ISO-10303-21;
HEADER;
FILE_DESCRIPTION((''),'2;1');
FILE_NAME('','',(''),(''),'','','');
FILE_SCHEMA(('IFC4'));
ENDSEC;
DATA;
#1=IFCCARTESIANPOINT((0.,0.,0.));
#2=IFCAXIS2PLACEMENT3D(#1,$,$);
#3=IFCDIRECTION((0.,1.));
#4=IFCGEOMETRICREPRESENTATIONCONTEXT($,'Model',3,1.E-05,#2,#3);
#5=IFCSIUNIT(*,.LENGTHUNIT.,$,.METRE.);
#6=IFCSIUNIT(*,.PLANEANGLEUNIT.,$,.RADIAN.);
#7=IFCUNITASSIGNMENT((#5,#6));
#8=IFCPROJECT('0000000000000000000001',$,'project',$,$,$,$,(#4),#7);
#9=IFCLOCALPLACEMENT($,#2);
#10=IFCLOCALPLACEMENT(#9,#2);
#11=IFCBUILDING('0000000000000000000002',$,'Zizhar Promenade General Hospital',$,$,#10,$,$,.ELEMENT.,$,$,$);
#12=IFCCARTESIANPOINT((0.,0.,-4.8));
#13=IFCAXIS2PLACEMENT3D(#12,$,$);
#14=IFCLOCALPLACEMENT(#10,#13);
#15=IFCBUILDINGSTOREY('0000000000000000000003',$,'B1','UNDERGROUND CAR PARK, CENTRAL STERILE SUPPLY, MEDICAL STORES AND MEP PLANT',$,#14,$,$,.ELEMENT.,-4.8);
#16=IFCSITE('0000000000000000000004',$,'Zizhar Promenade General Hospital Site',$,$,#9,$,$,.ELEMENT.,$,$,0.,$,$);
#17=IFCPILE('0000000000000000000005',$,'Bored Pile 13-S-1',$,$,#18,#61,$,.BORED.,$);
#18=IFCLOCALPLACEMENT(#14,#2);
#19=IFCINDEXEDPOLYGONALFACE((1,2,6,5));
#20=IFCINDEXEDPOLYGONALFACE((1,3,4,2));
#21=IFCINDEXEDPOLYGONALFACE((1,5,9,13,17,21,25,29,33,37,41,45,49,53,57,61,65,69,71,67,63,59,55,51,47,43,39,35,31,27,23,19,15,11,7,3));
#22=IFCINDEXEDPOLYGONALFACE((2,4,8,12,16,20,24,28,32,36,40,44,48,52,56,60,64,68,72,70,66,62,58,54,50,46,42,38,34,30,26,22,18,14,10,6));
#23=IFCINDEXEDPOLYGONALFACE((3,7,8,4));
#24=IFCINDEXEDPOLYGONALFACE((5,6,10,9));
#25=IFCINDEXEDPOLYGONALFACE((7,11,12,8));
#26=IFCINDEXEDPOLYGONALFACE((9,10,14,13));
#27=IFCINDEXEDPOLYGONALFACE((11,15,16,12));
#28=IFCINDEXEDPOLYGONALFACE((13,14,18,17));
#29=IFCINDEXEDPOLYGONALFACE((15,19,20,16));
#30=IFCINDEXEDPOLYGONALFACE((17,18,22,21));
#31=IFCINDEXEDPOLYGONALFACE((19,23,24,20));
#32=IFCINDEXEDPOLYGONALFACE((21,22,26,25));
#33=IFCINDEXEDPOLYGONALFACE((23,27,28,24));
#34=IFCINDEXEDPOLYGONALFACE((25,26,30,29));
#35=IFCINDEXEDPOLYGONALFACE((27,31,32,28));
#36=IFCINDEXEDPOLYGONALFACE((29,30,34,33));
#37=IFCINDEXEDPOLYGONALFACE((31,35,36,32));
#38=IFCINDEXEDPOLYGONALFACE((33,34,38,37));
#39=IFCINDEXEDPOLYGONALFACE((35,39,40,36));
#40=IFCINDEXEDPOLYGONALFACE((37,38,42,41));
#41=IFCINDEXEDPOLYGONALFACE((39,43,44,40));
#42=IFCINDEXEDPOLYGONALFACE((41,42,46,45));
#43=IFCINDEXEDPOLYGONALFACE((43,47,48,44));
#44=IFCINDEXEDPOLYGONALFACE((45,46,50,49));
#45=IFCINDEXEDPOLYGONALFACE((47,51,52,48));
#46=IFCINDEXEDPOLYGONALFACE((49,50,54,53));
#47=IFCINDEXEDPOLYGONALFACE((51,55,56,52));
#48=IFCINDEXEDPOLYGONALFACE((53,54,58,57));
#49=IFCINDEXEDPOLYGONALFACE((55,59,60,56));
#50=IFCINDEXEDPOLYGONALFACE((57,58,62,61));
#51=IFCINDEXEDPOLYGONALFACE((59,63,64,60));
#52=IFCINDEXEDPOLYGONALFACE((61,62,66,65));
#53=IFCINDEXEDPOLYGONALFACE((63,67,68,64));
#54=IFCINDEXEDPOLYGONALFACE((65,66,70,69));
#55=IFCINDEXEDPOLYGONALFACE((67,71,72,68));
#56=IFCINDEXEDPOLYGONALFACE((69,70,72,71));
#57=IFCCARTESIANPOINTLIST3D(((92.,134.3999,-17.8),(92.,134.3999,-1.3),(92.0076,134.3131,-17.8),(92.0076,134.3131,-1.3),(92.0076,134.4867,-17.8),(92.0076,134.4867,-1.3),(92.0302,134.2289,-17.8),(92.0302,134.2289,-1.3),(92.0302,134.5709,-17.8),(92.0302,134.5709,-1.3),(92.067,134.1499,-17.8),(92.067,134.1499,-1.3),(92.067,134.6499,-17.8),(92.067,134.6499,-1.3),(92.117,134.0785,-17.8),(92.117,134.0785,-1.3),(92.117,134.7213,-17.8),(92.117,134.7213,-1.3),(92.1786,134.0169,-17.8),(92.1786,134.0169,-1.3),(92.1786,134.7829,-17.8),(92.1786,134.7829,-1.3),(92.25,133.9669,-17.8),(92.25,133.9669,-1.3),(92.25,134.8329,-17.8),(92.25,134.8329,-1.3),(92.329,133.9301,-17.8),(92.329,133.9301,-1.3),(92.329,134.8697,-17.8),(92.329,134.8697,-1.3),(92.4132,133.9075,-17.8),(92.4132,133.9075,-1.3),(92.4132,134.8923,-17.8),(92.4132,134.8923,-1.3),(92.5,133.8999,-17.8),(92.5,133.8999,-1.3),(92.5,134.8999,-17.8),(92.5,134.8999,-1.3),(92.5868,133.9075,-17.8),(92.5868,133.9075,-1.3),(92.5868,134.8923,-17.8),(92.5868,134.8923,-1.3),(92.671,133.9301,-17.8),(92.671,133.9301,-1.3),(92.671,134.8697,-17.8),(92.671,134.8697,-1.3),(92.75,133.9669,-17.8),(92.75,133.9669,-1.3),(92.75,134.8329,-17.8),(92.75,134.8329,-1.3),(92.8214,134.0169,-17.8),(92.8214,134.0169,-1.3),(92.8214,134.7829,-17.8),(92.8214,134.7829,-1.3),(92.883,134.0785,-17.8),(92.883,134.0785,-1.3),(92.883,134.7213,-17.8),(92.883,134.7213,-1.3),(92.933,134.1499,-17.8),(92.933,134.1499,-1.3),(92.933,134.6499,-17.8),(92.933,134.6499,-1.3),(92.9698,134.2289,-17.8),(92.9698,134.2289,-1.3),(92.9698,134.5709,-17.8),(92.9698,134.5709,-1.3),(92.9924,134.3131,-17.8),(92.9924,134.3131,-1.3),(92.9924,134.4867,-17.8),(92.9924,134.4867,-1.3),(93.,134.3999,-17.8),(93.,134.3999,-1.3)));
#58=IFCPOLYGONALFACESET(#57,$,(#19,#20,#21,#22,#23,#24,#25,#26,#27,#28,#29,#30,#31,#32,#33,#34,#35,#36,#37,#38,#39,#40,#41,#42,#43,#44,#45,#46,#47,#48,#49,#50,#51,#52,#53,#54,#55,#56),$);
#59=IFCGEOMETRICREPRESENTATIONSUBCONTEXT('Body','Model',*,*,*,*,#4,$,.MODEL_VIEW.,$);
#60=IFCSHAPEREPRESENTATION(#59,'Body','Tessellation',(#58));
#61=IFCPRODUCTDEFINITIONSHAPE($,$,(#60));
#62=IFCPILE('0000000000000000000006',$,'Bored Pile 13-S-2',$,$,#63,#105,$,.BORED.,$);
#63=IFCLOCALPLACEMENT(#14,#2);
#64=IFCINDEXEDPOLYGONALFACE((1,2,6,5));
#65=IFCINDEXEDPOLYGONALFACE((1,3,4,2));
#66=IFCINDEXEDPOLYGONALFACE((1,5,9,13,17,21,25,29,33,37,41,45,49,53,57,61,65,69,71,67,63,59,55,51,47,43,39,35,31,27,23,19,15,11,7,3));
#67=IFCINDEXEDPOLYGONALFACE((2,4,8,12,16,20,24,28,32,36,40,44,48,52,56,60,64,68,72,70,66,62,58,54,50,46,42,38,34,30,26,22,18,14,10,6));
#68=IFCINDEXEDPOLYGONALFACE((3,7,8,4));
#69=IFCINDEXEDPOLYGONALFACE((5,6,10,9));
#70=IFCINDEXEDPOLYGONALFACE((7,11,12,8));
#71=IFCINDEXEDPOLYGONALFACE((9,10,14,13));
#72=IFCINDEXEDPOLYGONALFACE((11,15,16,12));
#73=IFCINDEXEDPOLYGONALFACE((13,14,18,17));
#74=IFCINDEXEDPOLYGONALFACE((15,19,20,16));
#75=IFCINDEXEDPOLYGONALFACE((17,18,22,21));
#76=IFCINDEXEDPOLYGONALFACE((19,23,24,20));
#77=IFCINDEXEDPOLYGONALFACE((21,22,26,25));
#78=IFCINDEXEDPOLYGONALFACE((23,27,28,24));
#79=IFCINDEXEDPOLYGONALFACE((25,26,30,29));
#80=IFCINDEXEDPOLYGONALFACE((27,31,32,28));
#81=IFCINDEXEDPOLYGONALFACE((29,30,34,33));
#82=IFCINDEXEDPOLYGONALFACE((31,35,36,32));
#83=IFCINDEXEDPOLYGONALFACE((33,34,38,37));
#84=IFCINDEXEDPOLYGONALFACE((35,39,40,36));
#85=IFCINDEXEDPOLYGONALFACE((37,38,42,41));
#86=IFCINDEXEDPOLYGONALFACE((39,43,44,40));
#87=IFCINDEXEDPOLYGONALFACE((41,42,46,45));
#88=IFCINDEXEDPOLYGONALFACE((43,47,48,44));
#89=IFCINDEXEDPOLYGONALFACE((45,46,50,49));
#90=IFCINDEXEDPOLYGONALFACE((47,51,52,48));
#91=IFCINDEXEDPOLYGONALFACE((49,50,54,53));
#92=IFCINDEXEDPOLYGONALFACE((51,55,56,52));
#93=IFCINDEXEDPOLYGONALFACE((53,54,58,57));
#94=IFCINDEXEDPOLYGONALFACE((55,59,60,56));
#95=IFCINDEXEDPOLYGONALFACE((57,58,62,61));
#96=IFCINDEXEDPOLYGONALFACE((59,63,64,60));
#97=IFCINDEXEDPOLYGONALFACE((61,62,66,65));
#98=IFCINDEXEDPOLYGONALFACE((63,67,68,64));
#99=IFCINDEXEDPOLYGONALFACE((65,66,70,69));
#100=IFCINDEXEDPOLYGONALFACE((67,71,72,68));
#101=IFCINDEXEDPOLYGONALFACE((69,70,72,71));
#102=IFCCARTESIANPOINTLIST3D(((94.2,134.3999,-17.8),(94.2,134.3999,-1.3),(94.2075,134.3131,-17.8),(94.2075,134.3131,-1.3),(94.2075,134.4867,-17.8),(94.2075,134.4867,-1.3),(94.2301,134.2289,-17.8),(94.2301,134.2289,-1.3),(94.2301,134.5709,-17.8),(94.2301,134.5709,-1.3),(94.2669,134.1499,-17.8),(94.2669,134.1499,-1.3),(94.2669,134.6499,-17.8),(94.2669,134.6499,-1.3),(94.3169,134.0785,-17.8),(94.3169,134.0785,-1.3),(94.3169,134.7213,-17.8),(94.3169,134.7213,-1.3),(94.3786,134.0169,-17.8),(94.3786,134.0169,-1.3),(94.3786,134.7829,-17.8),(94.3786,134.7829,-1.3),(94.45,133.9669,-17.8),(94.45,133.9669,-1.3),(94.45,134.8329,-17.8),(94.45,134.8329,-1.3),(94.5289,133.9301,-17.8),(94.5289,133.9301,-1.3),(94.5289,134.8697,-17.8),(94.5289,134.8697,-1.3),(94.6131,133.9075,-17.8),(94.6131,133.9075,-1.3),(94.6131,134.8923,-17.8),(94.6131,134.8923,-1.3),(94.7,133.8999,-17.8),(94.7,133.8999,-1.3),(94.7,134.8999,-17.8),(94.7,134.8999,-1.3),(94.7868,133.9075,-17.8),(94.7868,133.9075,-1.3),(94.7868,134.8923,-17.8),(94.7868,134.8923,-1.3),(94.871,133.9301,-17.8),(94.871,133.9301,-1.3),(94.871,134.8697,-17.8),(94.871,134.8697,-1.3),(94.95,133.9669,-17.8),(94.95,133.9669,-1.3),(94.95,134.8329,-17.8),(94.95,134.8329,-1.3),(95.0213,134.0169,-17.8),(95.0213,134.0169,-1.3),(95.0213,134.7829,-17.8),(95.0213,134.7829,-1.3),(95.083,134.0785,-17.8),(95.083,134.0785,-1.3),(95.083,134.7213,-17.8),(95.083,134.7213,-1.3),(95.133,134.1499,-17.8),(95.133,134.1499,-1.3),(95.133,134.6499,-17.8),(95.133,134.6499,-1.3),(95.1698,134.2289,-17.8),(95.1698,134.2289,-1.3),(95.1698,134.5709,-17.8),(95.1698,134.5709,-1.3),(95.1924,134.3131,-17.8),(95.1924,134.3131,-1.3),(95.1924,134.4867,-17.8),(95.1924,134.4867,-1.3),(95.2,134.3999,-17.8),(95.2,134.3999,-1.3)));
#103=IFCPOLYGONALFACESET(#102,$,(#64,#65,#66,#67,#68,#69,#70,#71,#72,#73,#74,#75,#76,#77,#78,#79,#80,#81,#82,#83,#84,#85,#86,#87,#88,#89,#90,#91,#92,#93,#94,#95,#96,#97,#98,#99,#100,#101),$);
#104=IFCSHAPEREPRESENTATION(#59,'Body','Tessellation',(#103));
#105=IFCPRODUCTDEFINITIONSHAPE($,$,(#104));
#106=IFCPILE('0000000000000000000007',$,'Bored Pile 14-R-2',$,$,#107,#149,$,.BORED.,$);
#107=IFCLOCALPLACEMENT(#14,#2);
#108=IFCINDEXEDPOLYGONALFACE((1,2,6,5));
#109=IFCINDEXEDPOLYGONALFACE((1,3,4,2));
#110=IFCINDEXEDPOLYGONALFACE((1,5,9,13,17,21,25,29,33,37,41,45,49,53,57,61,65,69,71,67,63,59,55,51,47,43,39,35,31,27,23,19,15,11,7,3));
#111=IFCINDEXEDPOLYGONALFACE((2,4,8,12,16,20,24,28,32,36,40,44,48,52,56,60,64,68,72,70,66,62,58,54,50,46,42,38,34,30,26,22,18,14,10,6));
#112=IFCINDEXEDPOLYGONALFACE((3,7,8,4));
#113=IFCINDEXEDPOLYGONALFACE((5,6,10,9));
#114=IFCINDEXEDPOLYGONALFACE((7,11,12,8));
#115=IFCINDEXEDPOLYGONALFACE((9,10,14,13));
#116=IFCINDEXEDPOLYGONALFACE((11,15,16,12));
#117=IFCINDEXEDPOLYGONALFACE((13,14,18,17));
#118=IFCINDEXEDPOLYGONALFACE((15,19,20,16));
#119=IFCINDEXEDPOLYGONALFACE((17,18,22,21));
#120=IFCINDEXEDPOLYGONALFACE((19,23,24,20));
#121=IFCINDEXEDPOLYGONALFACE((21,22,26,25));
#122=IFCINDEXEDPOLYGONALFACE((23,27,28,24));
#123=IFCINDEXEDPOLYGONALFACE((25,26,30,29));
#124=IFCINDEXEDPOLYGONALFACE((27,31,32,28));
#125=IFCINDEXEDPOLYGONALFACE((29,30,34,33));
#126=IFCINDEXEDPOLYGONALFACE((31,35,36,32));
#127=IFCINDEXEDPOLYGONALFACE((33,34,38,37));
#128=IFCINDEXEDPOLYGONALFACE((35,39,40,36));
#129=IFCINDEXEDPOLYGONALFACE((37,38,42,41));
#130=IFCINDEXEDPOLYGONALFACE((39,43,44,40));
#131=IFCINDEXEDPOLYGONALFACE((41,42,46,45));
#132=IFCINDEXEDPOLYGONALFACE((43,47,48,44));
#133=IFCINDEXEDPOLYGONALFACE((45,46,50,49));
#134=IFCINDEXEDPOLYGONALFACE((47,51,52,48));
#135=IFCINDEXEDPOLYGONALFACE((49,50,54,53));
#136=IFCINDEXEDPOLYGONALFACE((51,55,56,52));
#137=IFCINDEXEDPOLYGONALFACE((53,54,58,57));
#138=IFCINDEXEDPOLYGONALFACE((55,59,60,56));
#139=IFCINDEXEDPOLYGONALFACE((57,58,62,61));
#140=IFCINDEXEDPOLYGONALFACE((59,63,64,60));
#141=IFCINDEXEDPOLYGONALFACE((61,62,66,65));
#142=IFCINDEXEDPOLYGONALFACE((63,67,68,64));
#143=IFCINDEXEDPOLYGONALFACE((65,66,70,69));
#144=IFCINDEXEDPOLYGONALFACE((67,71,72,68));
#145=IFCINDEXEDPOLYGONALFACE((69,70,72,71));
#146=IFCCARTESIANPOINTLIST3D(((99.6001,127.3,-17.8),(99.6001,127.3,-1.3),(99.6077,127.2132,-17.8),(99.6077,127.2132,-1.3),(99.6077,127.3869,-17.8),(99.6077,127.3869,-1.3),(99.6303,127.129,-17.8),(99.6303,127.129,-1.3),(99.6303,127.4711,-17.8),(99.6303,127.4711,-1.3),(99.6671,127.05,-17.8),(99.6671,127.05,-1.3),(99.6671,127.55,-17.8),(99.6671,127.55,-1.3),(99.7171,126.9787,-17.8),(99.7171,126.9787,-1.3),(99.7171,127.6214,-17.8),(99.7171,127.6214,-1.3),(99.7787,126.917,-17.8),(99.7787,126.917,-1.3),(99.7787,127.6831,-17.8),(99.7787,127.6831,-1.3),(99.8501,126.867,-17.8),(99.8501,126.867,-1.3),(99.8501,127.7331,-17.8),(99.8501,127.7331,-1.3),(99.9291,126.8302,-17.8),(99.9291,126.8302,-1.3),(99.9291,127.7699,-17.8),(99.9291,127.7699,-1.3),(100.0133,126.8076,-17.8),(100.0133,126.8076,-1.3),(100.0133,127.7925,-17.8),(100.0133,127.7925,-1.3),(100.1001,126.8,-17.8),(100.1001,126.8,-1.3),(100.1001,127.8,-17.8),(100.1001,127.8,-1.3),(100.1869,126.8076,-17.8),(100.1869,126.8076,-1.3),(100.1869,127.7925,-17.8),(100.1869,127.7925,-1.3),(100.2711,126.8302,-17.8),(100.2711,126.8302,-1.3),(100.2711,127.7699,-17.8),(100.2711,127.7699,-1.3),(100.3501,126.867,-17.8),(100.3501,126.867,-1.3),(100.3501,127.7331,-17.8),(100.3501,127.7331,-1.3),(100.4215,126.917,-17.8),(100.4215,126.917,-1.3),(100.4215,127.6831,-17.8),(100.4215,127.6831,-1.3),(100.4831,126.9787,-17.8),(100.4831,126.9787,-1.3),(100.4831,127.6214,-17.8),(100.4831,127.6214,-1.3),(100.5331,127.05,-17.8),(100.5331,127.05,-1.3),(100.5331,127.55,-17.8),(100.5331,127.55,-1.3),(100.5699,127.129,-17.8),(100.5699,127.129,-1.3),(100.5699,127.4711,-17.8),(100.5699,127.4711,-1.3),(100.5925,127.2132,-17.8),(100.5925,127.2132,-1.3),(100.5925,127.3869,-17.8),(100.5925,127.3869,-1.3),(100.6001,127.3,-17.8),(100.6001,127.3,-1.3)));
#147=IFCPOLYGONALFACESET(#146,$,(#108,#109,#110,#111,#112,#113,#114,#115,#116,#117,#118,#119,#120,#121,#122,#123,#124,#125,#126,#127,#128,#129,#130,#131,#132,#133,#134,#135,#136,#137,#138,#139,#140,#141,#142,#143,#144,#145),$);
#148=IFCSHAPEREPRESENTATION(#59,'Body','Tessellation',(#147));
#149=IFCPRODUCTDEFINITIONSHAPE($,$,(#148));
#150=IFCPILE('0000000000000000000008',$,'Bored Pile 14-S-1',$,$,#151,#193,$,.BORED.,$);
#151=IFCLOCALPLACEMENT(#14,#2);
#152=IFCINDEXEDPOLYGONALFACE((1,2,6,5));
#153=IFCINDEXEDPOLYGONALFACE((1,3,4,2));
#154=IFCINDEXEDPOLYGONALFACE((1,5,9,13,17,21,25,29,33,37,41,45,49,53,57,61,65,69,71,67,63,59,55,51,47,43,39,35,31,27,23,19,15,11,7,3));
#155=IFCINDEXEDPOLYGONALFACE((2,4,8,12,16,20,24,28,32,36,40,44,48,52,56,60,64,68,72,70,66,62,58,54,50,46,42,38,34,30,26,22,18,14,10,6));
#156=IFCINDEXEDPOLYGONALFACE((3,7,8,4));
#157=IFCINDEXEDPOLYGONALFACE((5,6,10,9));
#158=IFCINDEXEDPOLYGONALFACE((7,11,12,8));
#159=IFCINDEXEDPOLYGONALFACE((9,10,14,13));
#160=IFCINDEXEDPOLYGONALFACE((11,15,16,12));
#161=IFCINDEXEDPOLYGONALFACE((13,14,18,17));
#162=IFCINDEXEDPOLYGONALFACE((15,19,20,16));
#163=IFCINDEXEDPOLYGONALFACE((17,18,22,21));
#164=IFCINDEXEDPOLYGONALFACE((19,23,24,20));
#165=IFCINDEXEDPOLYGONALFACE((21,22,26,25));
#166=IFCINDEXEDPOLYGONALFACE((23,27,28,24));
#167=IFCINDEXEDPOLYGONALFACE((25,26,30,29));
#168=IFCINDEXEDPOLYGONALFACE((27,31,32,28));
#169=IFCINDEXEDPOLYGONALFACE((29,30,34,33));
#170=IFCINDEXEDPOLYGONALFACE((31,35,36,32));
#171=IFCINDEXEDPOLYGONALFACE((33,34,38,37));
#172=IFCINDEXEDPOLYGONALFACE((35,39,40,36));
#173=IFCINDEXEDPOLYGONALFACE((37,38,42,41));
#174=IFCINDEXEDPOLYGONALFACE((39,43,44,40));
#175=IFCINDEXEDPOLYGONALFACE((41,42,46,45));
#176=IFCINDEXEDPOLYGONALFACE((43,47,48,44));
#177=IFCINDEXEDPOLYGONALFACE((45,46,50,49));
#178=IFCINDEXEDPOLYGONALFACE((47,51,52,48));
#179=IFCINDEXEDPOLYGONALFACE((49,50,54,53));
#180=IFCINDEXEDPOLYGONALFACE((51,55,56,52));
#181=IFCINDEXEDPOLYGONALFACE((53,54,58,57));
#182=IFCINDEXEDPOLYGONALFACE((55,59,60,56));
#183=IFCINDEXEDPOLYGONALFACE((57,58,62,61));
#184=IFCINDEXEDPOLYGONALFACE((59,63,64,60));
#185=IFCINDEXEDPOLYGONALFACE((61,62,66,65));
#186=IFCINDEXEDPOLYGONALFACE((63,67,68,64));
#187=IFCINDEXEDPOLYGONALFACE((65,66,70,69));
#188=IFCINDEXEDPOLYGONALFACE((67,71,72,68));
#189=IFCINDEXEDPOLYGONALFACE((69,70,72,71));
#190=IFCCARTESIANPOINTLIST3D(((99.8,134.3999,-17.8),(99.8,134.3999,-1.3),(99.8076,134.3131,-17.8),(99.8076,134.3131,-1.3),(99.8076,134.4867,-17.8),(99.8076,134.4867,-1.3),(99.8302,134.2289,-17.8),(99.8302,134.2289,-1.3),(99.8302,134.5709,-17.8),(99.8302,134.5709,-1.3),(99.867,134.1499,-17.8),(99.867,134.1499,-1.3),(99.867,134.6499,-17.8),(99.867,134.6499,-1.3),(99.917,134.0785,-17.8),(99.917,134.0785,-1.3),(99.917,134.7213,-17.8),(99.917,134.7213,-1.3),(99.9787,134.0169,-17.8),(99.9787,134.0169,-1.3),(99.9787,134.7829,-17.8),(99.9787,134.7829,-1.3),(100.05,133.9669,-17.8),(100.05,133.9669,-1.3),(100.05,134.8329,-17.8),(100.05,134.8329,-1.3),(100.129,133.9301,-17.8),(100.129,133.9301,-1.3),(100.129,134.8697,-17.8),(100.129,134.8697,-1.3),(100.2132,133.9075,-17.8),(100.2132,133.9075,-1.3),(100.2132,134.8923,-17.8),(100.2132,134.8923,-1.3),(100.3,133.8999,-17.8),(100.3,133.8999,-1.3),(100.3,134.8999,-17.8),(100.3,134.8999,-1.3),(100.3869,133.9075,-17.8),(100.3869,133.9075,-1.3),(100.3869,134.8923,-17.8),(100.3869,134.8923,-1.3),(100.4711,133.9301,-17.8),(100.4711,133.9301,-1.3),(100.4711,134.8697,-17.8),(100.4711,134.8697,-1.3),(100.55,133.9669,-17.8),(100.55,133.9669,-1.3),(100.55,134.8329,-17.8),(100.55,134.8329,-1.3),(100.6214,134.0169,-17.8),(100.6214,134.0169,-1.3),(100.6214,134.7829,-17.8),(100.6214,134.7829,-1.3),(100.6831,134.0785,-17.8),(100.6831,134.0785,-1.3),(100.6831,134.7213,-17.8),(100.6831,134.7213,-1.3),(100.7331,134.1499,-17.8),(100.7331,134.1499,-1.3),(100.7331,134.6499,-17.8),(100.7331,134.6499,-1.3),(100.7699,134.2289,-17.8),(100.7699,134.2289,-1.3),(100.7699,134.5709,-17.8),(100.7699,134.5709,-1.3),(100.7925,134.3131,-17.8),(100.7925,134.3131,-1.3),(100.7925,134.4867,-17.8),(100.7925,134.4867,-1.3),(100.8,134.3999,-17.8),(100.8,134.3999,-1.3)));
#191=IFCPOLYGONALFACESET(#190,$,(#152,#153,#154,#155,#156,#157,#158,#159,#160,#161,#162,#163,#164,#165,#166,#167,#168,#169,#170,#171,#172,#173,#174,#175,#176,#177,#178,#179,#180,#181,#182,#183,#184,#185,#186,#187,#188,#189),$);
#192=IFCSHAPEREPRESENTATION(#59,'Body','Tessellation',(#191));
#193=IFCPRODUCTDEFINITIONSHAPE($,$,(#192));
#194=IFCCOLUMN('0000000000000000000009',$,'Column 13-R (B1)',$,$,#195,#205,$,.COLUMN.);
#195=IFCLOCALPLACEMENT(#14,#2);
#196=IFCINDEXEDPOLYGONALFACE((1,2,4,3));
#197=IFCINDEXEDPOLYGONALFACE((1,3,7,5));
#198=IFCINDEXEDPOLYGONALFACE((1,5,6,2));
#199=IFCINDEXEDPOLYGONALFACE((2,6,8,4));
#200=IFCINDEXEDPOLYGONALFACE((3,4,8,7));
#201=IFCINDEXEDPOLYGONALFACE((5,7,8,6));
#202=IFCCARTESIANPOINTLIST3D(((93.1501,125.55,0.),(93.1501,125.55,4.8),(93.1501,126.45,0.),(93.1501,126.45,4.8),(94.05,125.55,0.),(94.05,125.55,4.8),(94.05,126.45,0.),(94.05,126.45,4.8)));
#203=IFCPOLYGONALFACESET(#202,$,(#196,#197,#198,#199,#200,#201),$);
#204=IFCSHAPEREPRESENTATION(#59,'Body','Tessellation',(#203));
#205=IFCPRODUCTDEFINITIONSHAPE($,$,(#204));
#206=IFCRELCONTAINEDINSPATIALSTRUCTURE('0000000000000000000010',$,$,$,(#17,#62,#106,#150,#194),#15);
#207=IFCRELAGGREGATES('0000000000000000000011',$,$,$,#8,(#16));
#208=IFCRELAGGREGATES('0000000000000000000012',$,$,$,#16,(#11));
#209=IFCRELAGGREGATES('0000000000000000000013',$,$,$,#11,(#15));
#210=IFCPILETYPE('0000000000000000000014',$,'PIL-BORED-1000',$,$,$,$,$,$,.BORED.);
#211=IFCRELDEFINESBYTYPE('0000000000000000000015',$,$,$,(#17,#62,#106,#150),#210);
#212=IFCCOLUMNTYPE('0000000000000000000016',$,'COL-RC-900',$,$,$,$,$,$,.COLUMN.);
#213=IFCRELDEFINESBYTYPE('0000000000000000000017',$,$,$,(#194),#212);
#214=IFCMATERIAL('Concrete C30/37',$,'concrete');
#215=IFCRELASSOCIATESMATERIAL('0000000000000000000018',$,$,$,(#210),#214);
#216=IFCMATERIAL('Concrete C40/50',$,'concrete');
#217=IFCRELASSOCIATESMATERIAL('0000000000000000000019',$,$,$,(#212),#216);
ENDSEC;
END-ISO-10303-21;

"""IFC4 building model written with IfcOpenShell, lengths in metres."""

from ifc_helpers import new_model, si_unit, direction, frame, origin, origin_2d, place, context, subcontext, project, spatial, rectangle, circle, extrude, material, material_profile, profile_set, type_object, element, save


model = new_model("IFC4")

# Units and contexts
model_context = context("Model", 3, precision=1e-05, world=origin(), true_north=direction((0.0, 1.0)))
body_context = subcontext(model_context, "Body", "Model", "MODEL_VIEW")
ifc_project = project(units=[si_unit("LENGTHUNIT", "METRE"), si_unit("PLANEANGLEUNIT", "RADIAN")], contexts=[model_context])

# Site, building, storey
site_placement = place(None, origin())
site = spatial("IfcSite", under=ifc_project, at=site_placement, Name="Zizhar Promenade General Hospital Site", CompositionType="ELEMENT", RefElevation=0.0)
building_placement = place(site_placement, origin())
building = spatial("IfcBuilding", under=site, at=building_placement, Name="Zizhar Promenade General Hospital", CompositionType="ELEMENT")
storey_placement = place(building_placement, frame((0.0, 0.0, -4.8)))
storey = spatial("IfcBuildingStorey", under=building, at=storey_placement, Name="B1", Description="UNDERGROUND CAR PARK, CENTRAL STERILE SUPPLY, MEDICAL STORES AND MEP PLANT", CompositionType="ELEMENT", Elevation=-4.8)

# Piles
ifc_material_1 = material(Name="Concrete C30/37", Category="concrete")
ifc_material_profile_1 = material_profile(ifc_material_1, circle(Radius=0.5, at=origin_2d()))
ifc_profile_set_1 = profile_set([ifc_material_profile_1], Name="Concrete C30/37")
pile_type = type_object("IfcPileType", Name="PIL-BORED-1000", PredefinedType="BORED", material=ifc_profile_set_1)
for number, where, z_axis, x_axis, name in (
    (1, (92.5, 134.3999, -1.3), (0.0, 0.0, -1.0), (1.0, 0.0, 0.0), "Bored Pile 13-S-1"),
    (2, (94.7, 134.3999, -1.3), (0.0, 0.0, -1.0), (1.0, 0.0, 0.0), "Bored Pile 13-S-2"),
    (3, (100.1001, 127.3, -1.3), (0.0, 0.0, -1.0), (1.0, 0.0, 0.0), "Bored Pile 14-R-2"),
    (4, (100.3, 134.3999, -1.3), (0.0, 0.0, -1.0), (1.0, 0.0, 0.0), "Bored Pile 14-S-1"),
):
    element("IfcPile", number, at=place(storey_placement, frame(where, z_axis=z_axis, x_axis=x_axis)), inside=storey, type_object=pile_type, Name=name, PredefinedType="BORED", context=body_context, shape_type="SweptSolid", body=[
        extrude(circle(Radius=0.5, at=origin_2d()), origin(), (0.0, 0.0, 1.0), 16.5),
    ])

# Column
ifc_material_2 = material(Name="Concrete C40/50", Category="concrete")
ifc_material_profile_2 = material_profile(ifc_material_2, rectangle(XDim=0.8999, YDim=0.8999, at=origin_2d()))
ifc_profile_set_2 = profile_set([ifc_material_profile_2], Name="Concrete C40/50")
column_type = type_object("IfcColumnType", Name="COL-RC-900", PredefinedType="COLUMN", material=ifc_profile_set_2)
for number, where, z_axis, x_axis, name in (
    (5, (93.6001, 126.0, 0.0), (0.0, 0.0, 1.0), (1.0, 0.0, 0.0), "Column 13-R (B1)"),
):
    element("IfcColumn", number, at=place(storey_placement, frame(where, z_axis=z_axis, x_axis=x_axis)), inside=storey, type_object=column_type, Name=name, PredefinedType="COLUMN", context=body_context, shape_type="SweptSolid", body=[
        extrude(rectangle(XDim=0.8999, YDim=0.8999, at=origin_2d()), origin(), (0.0, 0.0, 1.0), 4.8),
    ])

save(model, "model.ifc")
